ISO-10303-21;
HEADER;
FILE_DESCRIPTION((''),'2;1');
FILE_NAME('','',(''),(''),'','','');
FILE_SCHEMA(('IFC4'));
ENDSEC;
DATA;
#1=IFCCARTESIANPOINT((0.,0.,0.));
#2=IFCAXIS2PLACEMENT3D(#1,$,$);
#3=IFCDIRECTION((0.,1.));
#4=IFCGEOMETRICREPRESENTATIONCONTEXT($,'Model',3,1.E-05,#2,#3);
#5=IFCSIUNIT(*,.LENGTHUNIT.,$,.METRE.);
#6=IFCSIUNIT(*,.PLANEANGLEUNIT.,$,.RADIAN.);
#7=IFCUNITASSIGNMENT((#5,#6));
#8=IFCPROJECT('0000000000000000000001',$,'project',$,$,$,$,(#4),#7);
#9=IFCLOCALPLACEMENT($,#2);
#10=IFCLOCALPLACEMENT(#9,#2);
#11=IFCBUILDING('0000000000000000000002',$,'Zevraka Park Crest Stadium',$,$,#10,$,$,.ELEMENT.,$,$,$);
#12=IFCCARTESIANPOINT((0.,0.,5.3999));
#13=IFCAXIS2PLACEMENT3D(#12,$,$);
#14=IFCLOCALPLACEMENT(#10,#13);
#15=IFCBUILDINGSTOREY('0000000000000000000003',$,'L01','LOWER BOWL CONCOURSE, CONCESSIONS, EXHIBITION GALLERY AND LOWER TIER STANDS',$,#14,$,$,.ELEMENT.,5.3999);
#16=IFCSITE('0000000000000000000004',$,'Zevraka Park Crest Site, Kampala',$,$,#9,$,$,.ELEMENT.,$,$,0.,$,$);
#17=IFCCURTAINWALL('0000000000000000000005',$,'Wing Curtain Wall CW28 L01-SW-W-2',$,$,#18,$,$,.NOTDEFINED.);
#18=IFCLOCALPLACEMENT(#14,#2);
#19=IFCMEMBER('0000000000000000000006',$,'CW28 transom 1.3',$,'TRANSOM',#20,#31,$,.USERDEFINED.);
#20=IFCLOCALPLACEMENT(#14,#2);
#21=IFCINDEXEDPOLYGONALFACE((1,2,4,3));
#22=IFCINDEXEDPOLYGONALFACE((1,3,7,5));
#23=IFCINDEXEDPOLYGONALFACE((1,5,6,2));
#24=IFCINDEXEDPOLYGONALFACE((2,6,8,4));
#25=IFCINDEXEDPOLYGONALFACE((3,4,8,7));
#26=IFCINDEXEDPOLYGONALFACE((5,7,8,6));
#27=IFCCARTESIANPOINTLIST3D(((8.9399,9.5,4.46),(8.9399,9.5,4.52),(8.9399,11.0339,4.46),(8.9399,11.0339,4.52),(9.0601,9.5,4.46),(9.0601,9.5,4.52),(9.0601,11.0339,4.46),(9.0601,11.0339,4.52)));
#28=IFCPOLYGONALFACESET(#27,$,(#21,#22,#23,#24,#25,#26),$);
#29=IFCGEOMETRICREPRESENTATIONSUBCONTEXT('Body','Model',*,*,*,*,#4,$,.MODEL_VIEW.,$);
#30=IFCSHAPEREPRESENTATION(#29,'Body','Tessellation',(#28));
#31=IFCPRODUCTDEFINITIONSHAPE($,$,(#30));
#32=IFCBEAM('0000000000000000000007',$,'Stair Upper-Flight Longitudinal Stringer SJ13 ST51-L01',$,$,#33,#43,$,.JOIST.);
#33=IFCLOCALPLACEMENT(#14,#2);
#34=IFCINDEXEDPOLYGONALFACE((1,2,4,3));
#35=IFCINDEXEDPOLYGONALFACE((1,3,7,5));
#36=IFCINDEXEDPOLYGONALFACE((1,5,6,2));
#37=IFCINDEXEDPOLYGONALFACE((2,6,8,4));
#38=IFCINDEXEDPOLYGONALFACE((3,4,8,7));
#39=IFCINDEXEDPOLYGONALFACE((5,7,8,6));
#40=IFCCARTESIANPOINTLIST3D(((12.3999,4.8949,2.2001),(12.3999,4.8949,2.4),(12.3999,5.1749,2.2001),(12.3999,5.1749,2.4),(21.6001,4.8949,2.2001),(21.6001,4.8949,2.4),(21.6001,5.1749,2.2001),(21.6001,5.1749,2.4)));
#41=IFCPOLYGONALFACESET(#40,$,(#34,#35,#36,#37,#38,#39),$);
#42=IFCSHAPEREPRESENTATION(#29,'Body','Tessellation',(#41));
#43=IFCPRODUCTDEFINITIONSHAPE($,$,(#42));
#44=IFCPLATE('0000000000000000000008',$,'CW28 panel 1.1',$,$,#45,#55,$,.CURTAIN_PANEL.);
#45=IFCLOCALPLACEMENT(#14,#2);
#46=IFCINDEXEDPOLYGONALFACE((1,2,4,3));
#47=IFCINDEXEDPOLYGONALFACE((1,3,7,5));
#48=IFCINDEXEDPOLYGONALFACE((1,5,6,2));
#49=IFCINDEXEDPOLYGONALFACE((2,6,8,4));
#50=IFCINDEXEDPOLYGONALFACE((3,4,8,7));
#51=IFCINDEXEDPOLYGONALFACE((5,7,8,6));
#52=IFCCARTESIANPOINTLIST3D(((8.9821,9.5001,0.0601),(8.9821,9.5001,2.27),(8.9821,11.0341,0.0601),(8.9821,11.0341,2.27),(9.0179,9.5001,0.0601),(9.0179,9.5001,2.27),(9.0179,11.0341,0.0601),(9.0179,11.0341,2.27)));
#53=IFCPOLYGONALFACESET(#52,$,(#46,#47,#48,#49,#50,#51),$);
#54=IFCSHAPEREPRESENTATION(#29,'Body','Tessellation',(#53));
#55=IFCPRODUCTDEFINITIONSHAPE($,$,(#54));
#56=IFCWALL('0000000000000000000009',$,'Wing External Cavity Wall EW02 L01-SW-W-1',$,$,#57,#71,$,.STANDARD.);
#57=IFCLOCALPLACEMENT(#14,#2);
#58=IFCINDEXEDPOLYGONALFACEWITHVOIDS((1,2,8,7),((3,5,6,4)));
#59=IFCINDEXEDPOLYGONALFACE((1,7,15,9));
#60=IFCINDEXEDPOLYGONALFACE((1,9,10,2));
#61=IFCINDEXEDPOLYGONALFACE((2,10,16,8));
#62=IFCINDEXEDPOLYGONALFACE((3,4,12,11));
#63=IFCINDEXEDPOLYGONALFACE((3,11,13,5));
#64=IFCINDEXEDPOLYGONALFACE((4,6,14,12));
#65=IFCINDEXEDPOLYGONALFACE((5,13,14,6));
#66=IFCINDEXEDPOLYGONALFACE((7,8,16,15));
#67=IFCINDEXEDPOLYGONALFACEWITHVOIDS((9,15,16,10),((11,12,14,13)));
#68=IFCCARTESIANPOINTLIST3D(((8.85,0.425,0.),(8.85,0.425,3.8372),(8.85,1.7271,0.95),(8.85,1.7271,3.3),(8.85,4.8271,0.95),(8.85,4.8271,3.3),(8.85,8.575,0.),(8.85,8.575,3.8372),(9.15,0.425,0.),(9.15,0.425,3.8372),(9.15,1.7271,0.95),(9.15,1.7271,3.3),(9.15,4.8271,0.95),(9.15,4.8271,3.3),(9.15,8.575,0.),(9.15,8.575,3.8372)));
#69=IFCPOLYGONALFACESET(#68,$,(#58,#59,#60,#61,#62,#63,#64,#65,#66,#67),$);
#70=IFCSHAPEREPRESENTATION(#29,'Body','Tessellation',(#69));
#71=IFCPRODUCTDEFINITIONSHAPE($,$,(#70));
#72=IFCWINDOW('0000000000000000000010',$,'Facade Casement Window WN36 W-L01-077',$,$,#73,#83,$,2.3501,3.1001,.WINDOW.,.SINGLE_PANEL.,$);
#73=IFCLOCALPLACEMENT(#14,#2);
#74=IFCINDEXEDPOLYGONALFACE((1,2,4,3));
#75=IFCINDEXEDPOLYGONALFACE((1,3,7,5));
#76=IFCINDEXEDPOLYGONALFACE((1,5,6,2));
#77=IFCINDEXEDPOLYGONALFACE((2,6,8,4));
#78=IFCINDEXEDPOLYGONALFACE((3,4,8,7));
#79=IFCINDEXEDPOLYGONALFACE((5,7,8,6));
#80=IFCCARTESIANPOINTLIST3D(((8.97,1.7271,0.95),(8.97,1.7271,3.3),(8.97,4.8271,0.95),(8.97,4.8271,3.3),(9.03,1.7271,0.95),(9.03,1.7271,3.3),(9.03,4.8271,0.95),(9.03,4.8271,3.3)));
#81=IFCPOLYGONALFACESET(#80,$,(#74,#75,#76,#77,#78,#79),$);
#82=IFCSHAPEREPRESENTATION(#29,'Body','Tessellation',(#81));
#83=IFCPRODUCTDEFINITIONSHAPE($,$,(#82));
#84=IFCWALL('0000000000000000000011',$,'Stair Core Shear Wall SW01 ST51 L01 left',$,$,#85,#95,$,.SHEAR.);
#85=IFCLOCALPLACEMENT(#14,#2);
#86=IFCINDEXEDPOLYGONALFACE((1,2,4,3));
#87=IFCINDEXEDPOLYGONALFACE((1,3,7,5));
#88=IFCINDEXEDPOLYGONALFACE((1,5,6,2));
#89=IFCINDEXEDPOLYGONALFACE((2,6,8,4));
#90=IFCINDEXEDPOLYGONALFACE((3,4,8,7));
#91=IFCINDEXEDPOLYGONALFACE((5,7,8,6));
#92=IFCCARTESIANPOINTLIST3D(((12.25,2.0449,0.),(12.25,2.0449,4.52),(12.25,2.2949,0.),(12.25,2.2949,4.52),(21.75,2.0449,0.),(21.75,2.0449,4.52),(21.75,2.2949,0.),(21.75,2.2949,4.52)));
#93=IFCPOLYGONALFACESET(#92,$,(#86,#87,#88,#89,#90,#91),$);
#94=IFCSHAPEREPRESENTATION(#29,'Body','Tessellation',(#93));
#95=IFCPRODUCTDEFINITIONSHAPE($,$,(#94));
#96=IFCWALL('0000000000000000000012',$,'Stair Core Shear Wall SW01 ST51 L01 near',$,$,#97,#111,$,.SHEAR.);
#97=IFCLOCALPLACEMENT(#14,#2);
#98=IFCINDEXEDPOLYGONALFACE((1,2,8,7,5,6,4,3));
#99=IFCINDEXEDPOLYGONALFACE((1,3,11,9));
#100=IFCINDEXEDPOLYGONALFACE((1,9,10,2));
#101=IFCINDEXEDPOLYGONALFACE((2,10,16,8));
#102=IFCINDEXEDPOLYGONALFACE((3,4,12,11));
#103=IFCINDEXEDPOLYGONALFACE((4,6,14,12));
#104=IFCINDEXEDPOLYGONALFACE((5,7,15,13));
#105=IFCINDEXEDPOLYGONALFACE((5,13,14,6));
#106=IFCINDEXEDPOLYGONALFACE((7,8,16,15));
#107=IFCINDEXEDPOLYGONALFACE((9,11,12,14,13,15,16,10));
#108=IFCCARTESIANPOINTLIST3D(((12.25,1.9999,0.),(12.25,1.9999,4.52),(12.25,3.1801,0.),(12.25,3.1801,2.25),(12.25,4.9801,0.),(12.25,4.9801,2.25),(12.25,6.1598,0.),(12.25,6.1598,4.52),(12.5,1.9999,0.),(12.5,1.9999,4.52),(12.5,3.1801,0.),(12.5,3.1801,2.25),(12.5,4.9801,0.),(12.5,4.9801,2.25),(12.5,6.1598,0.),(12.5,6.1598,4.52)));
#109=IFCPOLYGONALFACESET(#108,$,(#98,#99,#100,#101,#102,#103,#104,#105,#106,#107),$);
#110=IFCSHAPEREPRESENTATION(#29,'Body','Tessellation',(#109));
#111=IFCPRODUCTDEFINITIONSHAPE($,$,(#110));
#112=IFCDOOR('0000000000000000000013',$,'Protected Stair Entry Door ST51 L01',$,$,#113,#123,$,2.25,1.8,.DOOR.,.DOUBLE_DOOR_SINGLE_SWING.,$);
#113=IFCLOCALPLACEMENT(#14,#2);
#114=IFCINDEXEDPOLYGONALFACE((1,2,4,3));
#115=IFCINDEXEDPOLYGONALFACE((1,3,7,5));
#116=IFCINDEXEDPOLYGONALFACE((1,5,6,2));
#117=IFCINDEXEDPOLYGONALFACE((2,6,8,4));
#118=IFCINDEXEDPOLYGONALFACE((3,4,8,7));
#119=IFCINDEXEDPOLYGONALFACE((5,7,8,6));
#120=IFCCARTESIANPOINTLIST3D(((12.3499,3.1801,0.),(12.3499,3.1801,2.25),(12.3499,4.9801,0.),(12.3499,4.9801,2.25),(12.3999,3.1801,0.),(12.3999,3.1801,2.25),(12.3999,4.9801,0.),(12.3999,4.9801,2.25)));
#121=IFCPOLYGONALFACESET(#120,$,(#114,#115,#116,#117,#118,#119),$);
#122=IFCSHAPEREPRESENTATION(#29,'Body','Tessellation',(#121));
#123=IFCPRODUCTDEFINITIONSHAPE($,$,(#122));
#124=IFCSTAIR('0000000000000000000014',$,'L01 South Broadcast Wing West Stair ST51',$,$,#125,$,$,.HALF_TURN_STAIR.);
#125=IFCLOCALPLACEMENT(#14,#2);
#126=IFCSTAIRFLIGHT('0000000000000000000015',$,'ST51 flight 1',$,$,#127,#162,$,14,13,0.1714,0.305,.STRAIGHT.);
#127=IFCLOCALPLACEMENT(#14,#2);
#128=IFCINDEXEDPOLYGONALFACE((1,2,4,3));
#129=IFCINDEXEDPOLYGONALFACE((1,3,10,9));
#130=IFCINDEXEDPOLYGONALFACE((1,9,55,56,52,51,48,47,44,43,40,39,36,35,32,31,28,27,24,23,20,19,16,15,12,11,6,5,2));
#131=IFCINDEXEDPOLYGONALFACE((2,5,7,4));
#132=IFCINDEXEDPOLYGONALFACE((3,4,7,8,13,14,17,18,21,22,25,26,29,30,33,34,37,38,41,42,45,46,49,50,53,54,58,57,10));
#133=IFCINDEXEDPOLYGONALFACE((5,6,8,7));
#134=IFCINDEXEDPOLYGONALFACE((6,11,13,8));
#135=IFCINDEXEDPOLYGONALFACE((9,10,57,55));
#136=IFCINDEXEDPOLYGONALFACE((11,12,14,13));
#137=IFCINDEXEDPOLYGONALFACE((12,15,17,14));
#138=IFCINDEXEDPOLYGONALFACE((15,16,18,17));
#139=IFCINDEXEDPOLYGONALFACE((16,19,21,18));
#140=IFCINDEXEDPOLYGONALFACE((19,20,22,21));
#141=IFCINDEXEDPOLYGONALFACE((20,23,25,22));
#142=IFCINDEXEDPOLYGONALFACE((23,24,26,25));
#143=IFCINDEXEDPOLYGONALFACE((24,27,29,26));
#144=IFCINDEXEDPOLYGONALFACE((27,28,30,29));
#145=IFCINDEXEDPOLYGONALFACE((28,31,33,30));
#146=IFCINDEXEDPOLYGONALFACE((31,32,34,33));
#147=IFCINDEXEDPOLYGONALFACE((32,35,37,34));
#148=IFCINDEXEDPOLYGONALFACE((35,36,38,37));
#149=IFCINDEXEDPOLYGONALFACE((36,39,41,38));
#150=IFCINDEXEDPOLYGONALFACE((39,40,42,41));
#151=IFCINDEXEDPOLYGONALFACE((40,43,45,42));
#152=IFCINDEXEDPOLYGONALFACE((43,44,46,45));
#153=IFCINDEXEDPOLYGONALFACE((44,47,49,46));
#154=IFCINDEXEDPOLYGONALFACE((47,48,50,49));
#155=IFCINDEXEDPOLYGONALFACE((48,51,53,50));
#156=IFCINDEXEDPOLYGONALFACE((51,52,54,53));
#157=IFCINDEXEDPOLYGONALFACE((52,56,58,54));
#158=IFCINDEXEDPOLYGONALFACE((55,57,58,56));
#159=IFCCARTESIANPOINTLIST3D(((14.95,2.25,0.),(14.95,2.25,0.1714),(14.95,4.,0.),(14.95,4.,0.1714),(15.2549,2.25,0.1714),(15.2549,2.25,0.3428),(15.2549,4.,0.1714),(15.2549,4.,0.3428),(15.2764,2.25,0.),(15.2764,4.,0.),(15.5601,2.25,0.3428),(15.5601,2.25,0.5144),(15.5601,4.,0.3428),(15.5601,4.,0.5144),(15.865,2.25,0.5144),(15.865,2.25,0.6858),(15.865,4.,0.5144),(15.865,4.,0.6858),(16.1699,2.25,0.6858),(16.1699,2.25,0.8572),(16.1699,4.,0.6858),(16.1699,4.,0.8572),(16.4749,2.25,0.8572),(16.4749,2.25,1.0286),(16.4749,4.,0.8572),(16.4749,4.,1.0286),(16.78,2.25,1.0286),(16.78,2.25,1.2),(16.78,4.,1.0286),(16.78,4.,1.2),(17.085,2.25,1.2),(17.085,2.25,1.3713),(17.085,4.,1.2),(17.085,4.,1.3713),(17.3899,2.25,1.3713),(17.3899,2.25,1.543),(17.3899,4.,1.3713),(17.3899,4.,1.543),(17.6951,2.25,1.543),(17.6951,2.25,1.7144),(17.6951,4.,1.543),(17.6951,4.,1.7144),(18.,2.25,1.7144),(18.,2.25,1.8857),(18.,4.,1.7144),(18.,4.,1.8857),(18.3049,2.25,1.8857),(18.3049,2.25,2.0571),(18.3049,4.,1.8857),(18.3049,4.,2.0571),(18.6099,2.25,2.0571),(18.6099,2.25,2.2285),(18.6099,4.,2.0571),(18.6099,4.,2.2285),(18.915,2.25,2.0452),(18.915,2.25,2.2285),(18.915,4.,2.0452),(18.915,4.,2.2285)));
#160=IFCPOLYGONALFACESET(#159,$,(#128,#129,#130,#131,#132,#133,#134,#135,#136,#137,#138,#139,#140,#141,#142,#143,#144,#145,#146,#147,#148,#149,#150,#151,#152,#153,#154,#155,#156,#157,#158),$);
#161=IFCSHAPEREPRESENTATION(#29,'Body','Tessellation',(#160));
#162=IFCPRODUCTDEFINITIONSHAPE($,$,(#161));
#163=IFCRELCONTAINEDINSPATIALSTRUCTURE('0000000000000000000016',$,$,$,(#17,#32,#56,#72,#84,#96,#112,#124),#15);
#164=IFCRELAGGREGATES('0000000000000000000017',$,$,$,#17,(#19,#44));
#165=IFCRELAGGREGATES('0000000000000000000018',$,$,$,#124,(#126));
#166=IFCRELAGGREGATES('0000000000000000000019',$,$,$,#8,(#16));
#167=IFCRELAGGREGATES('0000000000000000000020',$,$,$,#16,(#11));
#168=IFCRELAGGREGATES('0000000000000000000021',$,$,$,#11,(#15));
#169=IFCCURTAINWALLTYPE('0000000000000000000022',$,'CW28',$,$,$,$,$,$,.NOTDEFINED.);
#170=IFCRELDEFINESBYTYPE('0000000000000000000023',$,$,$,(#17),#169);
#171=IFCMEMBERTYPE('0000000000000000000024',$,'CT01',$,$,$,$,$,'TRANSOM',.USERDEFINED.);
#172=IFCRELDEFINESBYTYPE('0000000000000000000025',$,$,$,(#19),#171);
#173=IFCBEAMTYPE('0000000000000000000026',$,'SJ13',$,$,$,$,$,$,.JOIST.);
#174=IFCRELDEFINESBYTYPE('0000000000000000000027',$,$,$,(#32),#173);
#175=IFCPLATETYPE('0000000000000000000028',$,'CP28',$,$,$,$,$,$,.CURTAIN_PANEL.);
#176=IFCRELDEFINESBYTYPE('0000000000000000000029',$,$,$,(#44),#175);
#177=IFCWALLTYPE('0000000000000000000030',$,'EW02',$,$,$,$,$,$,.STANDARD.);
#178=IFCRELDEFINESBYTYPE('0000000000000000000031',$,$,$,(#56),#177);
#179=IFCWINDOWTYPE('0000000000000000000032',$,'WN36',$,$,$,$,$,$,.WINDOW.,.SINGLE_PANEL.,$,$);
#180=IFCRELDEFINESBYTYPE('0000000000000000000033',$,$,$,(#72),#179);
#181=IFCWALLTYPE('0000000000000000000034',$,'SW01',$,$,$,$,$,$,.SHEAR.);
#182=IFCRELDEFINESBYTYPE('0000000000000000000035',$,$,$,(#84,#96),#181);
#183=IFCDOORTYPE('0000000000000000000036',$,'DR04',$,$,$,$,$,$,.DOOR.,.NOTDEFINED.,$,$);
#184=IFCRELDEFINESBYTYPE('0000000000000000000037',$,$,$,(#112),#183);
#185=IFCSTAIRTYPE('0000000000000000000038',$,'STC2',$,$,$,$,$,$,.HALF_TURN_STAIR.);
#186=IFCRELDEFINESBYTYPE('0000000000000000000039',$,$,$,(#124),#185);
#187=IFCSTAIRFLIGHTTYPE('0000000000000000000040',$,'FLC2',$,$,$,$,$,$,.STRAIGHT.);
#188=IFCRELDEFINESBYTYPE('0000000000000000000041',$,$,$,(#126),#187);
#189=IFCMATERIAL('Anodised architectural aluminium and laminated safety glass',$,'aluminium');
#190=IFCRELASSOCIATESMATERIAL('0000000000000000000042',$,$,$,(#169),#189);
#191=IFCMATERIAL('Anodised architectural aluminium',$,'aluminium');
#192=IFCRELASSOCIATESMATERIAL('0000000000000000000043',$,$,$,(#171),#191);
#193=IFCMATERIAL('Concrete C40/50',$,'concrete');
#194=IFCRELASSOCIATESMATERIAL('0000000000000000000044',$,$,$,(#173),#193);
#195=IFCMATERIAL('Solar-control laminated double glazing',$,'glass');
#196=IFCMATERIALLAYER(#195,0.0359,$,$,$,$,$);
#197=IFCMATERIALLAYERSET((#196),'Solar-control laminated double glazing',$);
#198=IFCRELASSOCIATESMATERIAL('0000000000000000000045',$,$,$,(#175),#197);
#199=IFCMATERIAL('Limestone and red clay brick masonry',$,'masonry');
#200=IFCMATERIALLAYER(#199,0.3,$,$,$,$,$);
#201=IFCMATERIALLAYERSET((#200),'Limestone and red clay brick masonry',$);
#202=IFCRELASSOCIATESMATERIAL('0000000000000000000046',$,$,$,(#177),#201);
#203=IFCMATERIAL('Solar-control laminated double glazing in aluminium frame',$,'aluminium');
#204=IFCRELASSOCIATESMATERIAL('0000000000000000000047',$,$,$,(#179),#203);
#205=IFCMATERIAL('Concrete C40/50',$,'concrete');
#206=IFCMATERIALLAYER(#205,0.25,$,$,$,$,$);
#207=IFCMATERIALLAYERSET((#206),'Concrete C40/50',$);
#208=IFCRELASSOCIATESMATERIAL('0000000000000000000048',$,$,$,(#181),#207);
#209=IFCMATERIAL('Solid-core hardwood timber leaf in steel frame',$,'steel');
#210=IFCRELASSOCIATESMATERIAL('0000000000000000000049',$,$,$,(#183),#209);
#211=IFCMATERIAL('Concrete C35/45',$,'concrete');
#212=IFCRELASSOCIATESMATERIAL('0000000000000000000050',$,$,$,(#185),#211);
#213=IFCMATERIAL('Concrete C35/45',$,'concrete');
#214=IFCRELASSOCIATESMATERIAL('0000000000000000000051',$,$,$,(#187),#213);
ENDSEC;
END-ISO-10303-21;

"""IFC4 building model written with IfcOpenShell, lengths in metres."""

from ifc_helpers import new_model, si_unit, direction, frame, frame_2d, origin, origin_2d, place, context, subcontext, project, spatial, polyline, rectangle, outline, extrude, material, layer, layer_set, material_profile, profile_set, type_object, element, fill, aggregate, save


model = new_model("IFC4")

# Units and contexts
model_context = context("Model", 3, precision=1e-05, world=origin(), true_north=direction((0.0, 1.0)))
body_context = subcontext(model_context, "Body", "Model", "MODEL_VIEW")
ifc_project = project(units=[si_unit("LENGTHUNIT", "METRE"), si_unit("PLANEANGLEUNIT", "RADIAN")], contexts=[model_context])

# Site, building, storey
site_placement = place(None, origin())
site = spatial("IfcSite", under=ifc_project, at=site_placement, Name="Zevraka Park Crest Site, Kampala", CompositionType="ELEMENT", RefElevation=0.0)
building_placement = place(site_placement, origin())
building = spatial("IfcBuilding", under=site, at=building_placement, Name="Zevraka Park Crest Stadium", CompositionType="ELEMENT")
storey_placement = place(building_placement, frame((0.0, 0.0, 5.3999)))
storey = spatial("IfcBuildingStorey", under=building, at=storey_placement, Name="L01", Description="LOWER BOWL CONCOURSE, CONCESSIONS, EXHIBITION GALLERY AND LOWER TIER STANDS", CompositionType="ELEMENT", Elevation=5.3999)

# Curtain wall, member
ifc_material_1 = material(Name="Anodised architectural aluminium and laminated safety glass", Category="aluminium")
curtain_wall_type = type_object("IfcCurtainWallType", Name="CW28", PredefinedType="NOTDEFINED", material=ifc_material_1)
curtain_wall_placement = place(storey_placement, origin())
curtain_wall = element("IfcCurtainWall", 1, at=curtain_wall_placement, inside=storey, type_object=curtain_wall_type, Name="Wing Curtain Wall CW28 L01-SW-W-2", PredefinedType="NOTDEFINED")
ifc_material_2 = material(Name="Anodised architectural aluminium", Category="aluminium")
ifc_material_profile_1 = material_profile(ifc_material_2, rectangle(XDim=0.1201, YDim=0.0601, at=origin_2d()), Name="ALU TRANSOM 120x60")
ifc_profile_set_1 = profile_set([ifc_material_profile_1], Name="Anodised architectural aluminium")
member_type_1 = type_object("IfcMemberType", Name="CT01", ElementType="TRANSOM", PredefinedType="USERDEFINED", material=ifc_profile_set_1)
member_1_placement = place(storey_placement, frame((9.0, 9.5, 4.49), z_axis=(0.0, 1.0, 0.0), x_axis=(-1.0, 0.0, 0.0)))
member_1 = element("IfcMember", 2, at=member_1_placement, type_object=member_type_1, Name="CW28 transom 1.3", ObjectType="TRANSOM", PredefinedType="USERDEFINED", context=body_context, shape_type="SweptSolid", body=[
    extrude(rectangle(XDim=0.1201, YDim=0.0601, at=origin_2d()), origin(), (0.0, 0.0, 1.0), 1.5339),
])

# Beam
ifc_material_3 = material(Name="Concrete C40/50", Category="concrete")
ifc_material_profile_2 = material_profile(ifc_material_3, rectangle(XDim=0.28, YDim=0.2, at=origin_2d()), Name="RC 200x280")
ifc_profile_set_2 = profile_set([ifc_material_profile_2], Name="Concrete C40/50")
beam_type_1 = type_object("IfcBeamType", Name="SJ13", PredefinedType="JOIST", material=ifc_profile_set_2)
beam_placement = place(storey_placement, frame((12.3999, 5.0349, 2.3), z_axis=(1.0, 0.0, 0.0), x_axis=(0.0, 1.0, 0.0)))
element("IfcBeam", 3, at=beam_placement, inside=storey, type_object=beam_type_1, Name="Stair Upper-Flight Longitudinal Stringer SJ13 ST51-L01", PredefinedType="JOIST", context=body_context, shape_type="SweptSolid", body=[
    extrude(rectangle(XDim=0.28, YDim=0.2, at=origin_2d()), origin(), (0.0, 0.0, 1.0), 9.2002),
])

# Plate
ifc_material_4 = material(Name="Solar-control laminated double glazing", Category="glass")
ifc_layer_1 = layer(ifc_material_4, 0.0359)
ifc_layer_set_1 = layer_set([ifc_layer_1], Name="Solar-control laminated double glazing")
plate_type = type_object("IfcPlateType", Name="CP28", PredefinedType="CURTAIN_PANEL", material=ifc_layer_set_1)
plate_placement = place(storey_placement, frame((9.0, 10.2671, 0.0601), z_axis=(0.0, 0.0, 1.0), x_axis=(0.0, 1.0, 0.0)))
plate = element("IfcPlate", 4, at=plate_placement, type_object=plate_type, Name="CW28 panel 1.1", PredefinedType="CURTAIN_PANEL", context=body_context, shape_type="SweptSolid", body=[
    extrude(rectangle(XDim=1.5339, YDim=0.0359, at=origin_2d()), origin(), (0.0, 0.0, 1.0), 2.21),
])
aggregate(curtain_wall, [member_1, plate])

# Wall, opening, window
ifc_material_5 = material(Name="Limestone and red clay brick masonry", Category="masonry")
ifc_layer_2 = layer(ifc_material_5, 0.3)
ifc_layer_set_2 = layer_set([ifc_layer_2], Name="Limestone and red clay brick masonry")
wall_type_1 = type_object("IfcWallType", Name="EW02", PredefinedType="STANDARD", material=ifc_layer_set_2)
wall_1_placement = place(storey_placement, frame((9.0, 0.425, 0.0), z_axis=(0.0, 0.0, 1.0), x_axis=(0.0, 1.0, 0.0)))
wall_1 = element("IfcWall", 5, at=wall_1_placement, inside=storey, type_object=wall_type_1, Name="Wing External Cavity Wall EW02 L01-SW-W-1", PredefinedType="STANDARD", context=body_context, shape_type="SweptSolid", body=[
    extrude(rectangle(XDim=8.1499, YDim=0.3, at=frame_2d((4.075, 0.0))), origin(), (0.0, 0.0, 1.0), 3.8372),
])
opening_1_placement = place(wall_1_placement, frame((1.302, 0.0, 0.95)))
opening_1 = element("IfcOpeningElement", 6, at=opening_1_placement, cuts=wall_1, PredefinedType="OPENING", context=body_context, shape_type="SweptSolid", body=[
    extrude(rectangle(XDim=3.1001, YDim=2.3501, at=frame_2d((1.55, 1.175))), frame((0.0, 0.1599, 0.0), z_axis=(0.0, -1.0, 0.0), x_axis=(1.0, 0.0, 0.0)), (0.0, 0.0, 1.0), 0.3201),
])
ifc_material_6 = material(Name="Solar-control laminated double glazing in aluminium frame", Category="aluminium")
window_type = type_object("IfcWindowType", Name="WN36", PartitioningType="SINGLE_PANEL", PredefinedType="WINDOW", material=ifc_material_6)
window_placement = place(opening_1_placement, origin())
window = element("IfcWindow", 7, at=window_placement, inside=storey, type_object=window_type, Name="Facade Casement Window WN36 W-L01-077", OverallHeight=2.3501, OverallWidth=3.1001, PartitioningType="SINGLE_PANEL", PredefinedType="WINDOW", context=body_context, shape_type="SweptSolid", body=[
    extrude(rectangle(XDim=3.1001, YDim=2.3501, at=frame_2d((1.55, 1.175))), frame((0.0, 0.03, 0.0), z_axis=(0.0, -1.0, 0.0), x_axis=(1.0, 0.0, 0.0)), (0.0, 0.0, 1.0), 0.0601),
])
fill(opening_1, window)

# Wall
ifc_material_7 = material(Name="Concrete C40/50", Category="concrete")
ifc_layer_3 = layer(ifc_material_7, 0.25)
ifc_layer_set_3 = layer_set([ifc_layer_3], Name="Concrete C40/50")
wall_type_2 = type_object("IfcWallType", Name="SW01", PredefinedType="SHEAR", material=ifc_layer_set_3)
wall_2_placement = place(storey_placement, frame((12.25, 2.1699, 0.0), z_axis=(0.0, 0.0, 1.0), x_axis=(1.0, 0.0, 0.0)))
element("IfcWall", 8, at=wall_2_placement, inside=storey, type_object=wall_type_2, Name="Stair Core Shear Wall SW01 ST51 L01 left", PredefinedType="SHEAR", context=body_context, shape_type="SweptSolid", body=[
    extrude(rectangle(XDim=9.5, YDim=0.25, at=frame_2d((4.75, 0.0))), origin(), (0.0, 0.0, 1.0), 4.52),
])

# Wall, opening, door
wall_3_placement = place(storey_placement, frame((12.375, 6.1599, 0.0), z_axis=(0.0, 0.0, 1.0), x_axis=(0.0, -1.0, 0.0)))
wall_3 = element("IfcWall", 9, at=wall_3_placement, inside=storey, type_object=wall_type_2, Name="Stair Core Shear Wall SW01 ST51 L01 near", PredefinedType="SHEAR", context=body_context, shape_type="SweptSolid", body=[
    extrude(rectangle(XDim=4.1599, YDim=0.25, at=frame_2d((2.0801, 0.0))), origin(), (0.0, 0.0, 1.0), 4.52),
])
opening_2_placement = place(wall_3_placement, frame((1.1799, 0.0, 0.0)))
opening_2 = element("IfcOpeningElement", 10, at=opening_2_placement, cuts=wall_3, PredefinedType="OPENING", context=body_context, shape_type="SweptSolid", body=[
    extrude(rectangle(XDim=1.8, YDim=2.25, at=frame_2d((0.8999, 1.125))), frame((0.0, 0.135, 0.0), z_axis=(0.0, -1.0, 0.0), x_axis=(1.0, 0.0, 0.0)), (0.0, 0.0, 1.0), 0.27),
])
ifc_material_8 = material(Name="Solid-core hardwood timber leaf in steel frame", Category="steel")
door_type = type_object("IfcDoorType", Name="DR04", OperationType="NOTDEFINED", PredefinedType="DOOR", material=ifc_material_8)
door_placement = place(opening_2_placement, origin())
door = element("IfcDoor", 11, at=door_placement, inside=storey, type_object=door_type, Name="Protected Stair Entry Door ST51 L01", OperationType="DOUBLE_DOOR_SINGLE_SWING", OverallHeight=2.25, OverallWidth=1.8, PredefinedType="DOOR", context=body_context, shape_type="SweptSolid", body=[
    extrude(rectangle(XDim=1.8, YDim=2.25, at=frame_2d((0.8999, 1.125))), frame((0.0, 0.0249, 0.0), z_axis=(0.0, -1.0, 0.0), x_axis=(1.0, 0.0, 0.0)), (0.0, 0.0, 1.0), 0.05),
])
fill(opening_2, door)

# Stair, stair flight
ifc_material_9 = material(Name="Concrete C35/45", Category="concrete")
stair_type = type_object("IfcStairType", Name="STC2", PredefinedType="HALF_TURN_STAIR", material=ifc_material_9)
stair_placement = place(storey_placement, origin())
stair = element("IfcStair", 12, at=stair_placement, inside=storey, type_object=stair_type, Name="L01 South Broadcast Wing West Stair ST51", PredefinedType="HALF_TURN_STAIR")
ifc_material_10 = material(Name="Concrete C35/45", Category="concrete")
stair_flight_type = type_object("IfcStairFlightType", Name="FLC2", PredefinedType="STRAIGHT", material=ifc_material_10)
stair_flight_placement = place(storey_placement, frame((14.95, 3.125, 0.0), z_axis=(0.0, 0.0, 1.0), x_axis=(1.0, 0.0, 0.0)))
stair_flight = element("IfcStairFlight", 13, at=stair_flight_placement, type_object=stair_flight_type, Name="ST51 flight 1", NumberOfRisers=14, NumberOfTreads=13, PredefinedType="STRAIGHT", RiserHeight=0.1714, TreadLength=0.305, context=body_context, shape_type="SweptSolid", body=[
    extrude(outline(polyline([(0.0, 0.0), (0.0, 0.1714), (0.3049, 0.1714), (0.3049, 0.3428), (0.6101, 0.3428), (0.6101, 0.5144), (0.915, 0.5144), (0.915, 0.6858), (1.22, 0.6858), (1.22, 0.8572), (1.5249, 0.8572), (1.5249, 1.0286), (1.8301, 1.0286), (1.8301, 1.2), (2.135, 1.2), (2.135, 1.3713), (2.4399, 1.3713), (2.4399, 1.543), (2.7451, 1.543), (2.7451, 1.7144), (3.05, 1.7144), (3.05, 1.8857), (3.355, 1.8857), (3.355, 2.0571), (3.6599, 2.0571), (3.6599, 2.2285), (3.9651, 2.2285), (3.9651, 2.3999), (3.9651, 2.0452), (0.3264, 0.0), (0.0, 0.0)])), frame((0.0, 0.875, 0.0), z_axis=(0.0, -1.0, 0.0), x_axis=(1.0, 0.0, 0.0)), (0.0, 0.0, 1.0), 1.75),
])
aggregate(stair, [stair_flight])

save(model, "model.ifc")
